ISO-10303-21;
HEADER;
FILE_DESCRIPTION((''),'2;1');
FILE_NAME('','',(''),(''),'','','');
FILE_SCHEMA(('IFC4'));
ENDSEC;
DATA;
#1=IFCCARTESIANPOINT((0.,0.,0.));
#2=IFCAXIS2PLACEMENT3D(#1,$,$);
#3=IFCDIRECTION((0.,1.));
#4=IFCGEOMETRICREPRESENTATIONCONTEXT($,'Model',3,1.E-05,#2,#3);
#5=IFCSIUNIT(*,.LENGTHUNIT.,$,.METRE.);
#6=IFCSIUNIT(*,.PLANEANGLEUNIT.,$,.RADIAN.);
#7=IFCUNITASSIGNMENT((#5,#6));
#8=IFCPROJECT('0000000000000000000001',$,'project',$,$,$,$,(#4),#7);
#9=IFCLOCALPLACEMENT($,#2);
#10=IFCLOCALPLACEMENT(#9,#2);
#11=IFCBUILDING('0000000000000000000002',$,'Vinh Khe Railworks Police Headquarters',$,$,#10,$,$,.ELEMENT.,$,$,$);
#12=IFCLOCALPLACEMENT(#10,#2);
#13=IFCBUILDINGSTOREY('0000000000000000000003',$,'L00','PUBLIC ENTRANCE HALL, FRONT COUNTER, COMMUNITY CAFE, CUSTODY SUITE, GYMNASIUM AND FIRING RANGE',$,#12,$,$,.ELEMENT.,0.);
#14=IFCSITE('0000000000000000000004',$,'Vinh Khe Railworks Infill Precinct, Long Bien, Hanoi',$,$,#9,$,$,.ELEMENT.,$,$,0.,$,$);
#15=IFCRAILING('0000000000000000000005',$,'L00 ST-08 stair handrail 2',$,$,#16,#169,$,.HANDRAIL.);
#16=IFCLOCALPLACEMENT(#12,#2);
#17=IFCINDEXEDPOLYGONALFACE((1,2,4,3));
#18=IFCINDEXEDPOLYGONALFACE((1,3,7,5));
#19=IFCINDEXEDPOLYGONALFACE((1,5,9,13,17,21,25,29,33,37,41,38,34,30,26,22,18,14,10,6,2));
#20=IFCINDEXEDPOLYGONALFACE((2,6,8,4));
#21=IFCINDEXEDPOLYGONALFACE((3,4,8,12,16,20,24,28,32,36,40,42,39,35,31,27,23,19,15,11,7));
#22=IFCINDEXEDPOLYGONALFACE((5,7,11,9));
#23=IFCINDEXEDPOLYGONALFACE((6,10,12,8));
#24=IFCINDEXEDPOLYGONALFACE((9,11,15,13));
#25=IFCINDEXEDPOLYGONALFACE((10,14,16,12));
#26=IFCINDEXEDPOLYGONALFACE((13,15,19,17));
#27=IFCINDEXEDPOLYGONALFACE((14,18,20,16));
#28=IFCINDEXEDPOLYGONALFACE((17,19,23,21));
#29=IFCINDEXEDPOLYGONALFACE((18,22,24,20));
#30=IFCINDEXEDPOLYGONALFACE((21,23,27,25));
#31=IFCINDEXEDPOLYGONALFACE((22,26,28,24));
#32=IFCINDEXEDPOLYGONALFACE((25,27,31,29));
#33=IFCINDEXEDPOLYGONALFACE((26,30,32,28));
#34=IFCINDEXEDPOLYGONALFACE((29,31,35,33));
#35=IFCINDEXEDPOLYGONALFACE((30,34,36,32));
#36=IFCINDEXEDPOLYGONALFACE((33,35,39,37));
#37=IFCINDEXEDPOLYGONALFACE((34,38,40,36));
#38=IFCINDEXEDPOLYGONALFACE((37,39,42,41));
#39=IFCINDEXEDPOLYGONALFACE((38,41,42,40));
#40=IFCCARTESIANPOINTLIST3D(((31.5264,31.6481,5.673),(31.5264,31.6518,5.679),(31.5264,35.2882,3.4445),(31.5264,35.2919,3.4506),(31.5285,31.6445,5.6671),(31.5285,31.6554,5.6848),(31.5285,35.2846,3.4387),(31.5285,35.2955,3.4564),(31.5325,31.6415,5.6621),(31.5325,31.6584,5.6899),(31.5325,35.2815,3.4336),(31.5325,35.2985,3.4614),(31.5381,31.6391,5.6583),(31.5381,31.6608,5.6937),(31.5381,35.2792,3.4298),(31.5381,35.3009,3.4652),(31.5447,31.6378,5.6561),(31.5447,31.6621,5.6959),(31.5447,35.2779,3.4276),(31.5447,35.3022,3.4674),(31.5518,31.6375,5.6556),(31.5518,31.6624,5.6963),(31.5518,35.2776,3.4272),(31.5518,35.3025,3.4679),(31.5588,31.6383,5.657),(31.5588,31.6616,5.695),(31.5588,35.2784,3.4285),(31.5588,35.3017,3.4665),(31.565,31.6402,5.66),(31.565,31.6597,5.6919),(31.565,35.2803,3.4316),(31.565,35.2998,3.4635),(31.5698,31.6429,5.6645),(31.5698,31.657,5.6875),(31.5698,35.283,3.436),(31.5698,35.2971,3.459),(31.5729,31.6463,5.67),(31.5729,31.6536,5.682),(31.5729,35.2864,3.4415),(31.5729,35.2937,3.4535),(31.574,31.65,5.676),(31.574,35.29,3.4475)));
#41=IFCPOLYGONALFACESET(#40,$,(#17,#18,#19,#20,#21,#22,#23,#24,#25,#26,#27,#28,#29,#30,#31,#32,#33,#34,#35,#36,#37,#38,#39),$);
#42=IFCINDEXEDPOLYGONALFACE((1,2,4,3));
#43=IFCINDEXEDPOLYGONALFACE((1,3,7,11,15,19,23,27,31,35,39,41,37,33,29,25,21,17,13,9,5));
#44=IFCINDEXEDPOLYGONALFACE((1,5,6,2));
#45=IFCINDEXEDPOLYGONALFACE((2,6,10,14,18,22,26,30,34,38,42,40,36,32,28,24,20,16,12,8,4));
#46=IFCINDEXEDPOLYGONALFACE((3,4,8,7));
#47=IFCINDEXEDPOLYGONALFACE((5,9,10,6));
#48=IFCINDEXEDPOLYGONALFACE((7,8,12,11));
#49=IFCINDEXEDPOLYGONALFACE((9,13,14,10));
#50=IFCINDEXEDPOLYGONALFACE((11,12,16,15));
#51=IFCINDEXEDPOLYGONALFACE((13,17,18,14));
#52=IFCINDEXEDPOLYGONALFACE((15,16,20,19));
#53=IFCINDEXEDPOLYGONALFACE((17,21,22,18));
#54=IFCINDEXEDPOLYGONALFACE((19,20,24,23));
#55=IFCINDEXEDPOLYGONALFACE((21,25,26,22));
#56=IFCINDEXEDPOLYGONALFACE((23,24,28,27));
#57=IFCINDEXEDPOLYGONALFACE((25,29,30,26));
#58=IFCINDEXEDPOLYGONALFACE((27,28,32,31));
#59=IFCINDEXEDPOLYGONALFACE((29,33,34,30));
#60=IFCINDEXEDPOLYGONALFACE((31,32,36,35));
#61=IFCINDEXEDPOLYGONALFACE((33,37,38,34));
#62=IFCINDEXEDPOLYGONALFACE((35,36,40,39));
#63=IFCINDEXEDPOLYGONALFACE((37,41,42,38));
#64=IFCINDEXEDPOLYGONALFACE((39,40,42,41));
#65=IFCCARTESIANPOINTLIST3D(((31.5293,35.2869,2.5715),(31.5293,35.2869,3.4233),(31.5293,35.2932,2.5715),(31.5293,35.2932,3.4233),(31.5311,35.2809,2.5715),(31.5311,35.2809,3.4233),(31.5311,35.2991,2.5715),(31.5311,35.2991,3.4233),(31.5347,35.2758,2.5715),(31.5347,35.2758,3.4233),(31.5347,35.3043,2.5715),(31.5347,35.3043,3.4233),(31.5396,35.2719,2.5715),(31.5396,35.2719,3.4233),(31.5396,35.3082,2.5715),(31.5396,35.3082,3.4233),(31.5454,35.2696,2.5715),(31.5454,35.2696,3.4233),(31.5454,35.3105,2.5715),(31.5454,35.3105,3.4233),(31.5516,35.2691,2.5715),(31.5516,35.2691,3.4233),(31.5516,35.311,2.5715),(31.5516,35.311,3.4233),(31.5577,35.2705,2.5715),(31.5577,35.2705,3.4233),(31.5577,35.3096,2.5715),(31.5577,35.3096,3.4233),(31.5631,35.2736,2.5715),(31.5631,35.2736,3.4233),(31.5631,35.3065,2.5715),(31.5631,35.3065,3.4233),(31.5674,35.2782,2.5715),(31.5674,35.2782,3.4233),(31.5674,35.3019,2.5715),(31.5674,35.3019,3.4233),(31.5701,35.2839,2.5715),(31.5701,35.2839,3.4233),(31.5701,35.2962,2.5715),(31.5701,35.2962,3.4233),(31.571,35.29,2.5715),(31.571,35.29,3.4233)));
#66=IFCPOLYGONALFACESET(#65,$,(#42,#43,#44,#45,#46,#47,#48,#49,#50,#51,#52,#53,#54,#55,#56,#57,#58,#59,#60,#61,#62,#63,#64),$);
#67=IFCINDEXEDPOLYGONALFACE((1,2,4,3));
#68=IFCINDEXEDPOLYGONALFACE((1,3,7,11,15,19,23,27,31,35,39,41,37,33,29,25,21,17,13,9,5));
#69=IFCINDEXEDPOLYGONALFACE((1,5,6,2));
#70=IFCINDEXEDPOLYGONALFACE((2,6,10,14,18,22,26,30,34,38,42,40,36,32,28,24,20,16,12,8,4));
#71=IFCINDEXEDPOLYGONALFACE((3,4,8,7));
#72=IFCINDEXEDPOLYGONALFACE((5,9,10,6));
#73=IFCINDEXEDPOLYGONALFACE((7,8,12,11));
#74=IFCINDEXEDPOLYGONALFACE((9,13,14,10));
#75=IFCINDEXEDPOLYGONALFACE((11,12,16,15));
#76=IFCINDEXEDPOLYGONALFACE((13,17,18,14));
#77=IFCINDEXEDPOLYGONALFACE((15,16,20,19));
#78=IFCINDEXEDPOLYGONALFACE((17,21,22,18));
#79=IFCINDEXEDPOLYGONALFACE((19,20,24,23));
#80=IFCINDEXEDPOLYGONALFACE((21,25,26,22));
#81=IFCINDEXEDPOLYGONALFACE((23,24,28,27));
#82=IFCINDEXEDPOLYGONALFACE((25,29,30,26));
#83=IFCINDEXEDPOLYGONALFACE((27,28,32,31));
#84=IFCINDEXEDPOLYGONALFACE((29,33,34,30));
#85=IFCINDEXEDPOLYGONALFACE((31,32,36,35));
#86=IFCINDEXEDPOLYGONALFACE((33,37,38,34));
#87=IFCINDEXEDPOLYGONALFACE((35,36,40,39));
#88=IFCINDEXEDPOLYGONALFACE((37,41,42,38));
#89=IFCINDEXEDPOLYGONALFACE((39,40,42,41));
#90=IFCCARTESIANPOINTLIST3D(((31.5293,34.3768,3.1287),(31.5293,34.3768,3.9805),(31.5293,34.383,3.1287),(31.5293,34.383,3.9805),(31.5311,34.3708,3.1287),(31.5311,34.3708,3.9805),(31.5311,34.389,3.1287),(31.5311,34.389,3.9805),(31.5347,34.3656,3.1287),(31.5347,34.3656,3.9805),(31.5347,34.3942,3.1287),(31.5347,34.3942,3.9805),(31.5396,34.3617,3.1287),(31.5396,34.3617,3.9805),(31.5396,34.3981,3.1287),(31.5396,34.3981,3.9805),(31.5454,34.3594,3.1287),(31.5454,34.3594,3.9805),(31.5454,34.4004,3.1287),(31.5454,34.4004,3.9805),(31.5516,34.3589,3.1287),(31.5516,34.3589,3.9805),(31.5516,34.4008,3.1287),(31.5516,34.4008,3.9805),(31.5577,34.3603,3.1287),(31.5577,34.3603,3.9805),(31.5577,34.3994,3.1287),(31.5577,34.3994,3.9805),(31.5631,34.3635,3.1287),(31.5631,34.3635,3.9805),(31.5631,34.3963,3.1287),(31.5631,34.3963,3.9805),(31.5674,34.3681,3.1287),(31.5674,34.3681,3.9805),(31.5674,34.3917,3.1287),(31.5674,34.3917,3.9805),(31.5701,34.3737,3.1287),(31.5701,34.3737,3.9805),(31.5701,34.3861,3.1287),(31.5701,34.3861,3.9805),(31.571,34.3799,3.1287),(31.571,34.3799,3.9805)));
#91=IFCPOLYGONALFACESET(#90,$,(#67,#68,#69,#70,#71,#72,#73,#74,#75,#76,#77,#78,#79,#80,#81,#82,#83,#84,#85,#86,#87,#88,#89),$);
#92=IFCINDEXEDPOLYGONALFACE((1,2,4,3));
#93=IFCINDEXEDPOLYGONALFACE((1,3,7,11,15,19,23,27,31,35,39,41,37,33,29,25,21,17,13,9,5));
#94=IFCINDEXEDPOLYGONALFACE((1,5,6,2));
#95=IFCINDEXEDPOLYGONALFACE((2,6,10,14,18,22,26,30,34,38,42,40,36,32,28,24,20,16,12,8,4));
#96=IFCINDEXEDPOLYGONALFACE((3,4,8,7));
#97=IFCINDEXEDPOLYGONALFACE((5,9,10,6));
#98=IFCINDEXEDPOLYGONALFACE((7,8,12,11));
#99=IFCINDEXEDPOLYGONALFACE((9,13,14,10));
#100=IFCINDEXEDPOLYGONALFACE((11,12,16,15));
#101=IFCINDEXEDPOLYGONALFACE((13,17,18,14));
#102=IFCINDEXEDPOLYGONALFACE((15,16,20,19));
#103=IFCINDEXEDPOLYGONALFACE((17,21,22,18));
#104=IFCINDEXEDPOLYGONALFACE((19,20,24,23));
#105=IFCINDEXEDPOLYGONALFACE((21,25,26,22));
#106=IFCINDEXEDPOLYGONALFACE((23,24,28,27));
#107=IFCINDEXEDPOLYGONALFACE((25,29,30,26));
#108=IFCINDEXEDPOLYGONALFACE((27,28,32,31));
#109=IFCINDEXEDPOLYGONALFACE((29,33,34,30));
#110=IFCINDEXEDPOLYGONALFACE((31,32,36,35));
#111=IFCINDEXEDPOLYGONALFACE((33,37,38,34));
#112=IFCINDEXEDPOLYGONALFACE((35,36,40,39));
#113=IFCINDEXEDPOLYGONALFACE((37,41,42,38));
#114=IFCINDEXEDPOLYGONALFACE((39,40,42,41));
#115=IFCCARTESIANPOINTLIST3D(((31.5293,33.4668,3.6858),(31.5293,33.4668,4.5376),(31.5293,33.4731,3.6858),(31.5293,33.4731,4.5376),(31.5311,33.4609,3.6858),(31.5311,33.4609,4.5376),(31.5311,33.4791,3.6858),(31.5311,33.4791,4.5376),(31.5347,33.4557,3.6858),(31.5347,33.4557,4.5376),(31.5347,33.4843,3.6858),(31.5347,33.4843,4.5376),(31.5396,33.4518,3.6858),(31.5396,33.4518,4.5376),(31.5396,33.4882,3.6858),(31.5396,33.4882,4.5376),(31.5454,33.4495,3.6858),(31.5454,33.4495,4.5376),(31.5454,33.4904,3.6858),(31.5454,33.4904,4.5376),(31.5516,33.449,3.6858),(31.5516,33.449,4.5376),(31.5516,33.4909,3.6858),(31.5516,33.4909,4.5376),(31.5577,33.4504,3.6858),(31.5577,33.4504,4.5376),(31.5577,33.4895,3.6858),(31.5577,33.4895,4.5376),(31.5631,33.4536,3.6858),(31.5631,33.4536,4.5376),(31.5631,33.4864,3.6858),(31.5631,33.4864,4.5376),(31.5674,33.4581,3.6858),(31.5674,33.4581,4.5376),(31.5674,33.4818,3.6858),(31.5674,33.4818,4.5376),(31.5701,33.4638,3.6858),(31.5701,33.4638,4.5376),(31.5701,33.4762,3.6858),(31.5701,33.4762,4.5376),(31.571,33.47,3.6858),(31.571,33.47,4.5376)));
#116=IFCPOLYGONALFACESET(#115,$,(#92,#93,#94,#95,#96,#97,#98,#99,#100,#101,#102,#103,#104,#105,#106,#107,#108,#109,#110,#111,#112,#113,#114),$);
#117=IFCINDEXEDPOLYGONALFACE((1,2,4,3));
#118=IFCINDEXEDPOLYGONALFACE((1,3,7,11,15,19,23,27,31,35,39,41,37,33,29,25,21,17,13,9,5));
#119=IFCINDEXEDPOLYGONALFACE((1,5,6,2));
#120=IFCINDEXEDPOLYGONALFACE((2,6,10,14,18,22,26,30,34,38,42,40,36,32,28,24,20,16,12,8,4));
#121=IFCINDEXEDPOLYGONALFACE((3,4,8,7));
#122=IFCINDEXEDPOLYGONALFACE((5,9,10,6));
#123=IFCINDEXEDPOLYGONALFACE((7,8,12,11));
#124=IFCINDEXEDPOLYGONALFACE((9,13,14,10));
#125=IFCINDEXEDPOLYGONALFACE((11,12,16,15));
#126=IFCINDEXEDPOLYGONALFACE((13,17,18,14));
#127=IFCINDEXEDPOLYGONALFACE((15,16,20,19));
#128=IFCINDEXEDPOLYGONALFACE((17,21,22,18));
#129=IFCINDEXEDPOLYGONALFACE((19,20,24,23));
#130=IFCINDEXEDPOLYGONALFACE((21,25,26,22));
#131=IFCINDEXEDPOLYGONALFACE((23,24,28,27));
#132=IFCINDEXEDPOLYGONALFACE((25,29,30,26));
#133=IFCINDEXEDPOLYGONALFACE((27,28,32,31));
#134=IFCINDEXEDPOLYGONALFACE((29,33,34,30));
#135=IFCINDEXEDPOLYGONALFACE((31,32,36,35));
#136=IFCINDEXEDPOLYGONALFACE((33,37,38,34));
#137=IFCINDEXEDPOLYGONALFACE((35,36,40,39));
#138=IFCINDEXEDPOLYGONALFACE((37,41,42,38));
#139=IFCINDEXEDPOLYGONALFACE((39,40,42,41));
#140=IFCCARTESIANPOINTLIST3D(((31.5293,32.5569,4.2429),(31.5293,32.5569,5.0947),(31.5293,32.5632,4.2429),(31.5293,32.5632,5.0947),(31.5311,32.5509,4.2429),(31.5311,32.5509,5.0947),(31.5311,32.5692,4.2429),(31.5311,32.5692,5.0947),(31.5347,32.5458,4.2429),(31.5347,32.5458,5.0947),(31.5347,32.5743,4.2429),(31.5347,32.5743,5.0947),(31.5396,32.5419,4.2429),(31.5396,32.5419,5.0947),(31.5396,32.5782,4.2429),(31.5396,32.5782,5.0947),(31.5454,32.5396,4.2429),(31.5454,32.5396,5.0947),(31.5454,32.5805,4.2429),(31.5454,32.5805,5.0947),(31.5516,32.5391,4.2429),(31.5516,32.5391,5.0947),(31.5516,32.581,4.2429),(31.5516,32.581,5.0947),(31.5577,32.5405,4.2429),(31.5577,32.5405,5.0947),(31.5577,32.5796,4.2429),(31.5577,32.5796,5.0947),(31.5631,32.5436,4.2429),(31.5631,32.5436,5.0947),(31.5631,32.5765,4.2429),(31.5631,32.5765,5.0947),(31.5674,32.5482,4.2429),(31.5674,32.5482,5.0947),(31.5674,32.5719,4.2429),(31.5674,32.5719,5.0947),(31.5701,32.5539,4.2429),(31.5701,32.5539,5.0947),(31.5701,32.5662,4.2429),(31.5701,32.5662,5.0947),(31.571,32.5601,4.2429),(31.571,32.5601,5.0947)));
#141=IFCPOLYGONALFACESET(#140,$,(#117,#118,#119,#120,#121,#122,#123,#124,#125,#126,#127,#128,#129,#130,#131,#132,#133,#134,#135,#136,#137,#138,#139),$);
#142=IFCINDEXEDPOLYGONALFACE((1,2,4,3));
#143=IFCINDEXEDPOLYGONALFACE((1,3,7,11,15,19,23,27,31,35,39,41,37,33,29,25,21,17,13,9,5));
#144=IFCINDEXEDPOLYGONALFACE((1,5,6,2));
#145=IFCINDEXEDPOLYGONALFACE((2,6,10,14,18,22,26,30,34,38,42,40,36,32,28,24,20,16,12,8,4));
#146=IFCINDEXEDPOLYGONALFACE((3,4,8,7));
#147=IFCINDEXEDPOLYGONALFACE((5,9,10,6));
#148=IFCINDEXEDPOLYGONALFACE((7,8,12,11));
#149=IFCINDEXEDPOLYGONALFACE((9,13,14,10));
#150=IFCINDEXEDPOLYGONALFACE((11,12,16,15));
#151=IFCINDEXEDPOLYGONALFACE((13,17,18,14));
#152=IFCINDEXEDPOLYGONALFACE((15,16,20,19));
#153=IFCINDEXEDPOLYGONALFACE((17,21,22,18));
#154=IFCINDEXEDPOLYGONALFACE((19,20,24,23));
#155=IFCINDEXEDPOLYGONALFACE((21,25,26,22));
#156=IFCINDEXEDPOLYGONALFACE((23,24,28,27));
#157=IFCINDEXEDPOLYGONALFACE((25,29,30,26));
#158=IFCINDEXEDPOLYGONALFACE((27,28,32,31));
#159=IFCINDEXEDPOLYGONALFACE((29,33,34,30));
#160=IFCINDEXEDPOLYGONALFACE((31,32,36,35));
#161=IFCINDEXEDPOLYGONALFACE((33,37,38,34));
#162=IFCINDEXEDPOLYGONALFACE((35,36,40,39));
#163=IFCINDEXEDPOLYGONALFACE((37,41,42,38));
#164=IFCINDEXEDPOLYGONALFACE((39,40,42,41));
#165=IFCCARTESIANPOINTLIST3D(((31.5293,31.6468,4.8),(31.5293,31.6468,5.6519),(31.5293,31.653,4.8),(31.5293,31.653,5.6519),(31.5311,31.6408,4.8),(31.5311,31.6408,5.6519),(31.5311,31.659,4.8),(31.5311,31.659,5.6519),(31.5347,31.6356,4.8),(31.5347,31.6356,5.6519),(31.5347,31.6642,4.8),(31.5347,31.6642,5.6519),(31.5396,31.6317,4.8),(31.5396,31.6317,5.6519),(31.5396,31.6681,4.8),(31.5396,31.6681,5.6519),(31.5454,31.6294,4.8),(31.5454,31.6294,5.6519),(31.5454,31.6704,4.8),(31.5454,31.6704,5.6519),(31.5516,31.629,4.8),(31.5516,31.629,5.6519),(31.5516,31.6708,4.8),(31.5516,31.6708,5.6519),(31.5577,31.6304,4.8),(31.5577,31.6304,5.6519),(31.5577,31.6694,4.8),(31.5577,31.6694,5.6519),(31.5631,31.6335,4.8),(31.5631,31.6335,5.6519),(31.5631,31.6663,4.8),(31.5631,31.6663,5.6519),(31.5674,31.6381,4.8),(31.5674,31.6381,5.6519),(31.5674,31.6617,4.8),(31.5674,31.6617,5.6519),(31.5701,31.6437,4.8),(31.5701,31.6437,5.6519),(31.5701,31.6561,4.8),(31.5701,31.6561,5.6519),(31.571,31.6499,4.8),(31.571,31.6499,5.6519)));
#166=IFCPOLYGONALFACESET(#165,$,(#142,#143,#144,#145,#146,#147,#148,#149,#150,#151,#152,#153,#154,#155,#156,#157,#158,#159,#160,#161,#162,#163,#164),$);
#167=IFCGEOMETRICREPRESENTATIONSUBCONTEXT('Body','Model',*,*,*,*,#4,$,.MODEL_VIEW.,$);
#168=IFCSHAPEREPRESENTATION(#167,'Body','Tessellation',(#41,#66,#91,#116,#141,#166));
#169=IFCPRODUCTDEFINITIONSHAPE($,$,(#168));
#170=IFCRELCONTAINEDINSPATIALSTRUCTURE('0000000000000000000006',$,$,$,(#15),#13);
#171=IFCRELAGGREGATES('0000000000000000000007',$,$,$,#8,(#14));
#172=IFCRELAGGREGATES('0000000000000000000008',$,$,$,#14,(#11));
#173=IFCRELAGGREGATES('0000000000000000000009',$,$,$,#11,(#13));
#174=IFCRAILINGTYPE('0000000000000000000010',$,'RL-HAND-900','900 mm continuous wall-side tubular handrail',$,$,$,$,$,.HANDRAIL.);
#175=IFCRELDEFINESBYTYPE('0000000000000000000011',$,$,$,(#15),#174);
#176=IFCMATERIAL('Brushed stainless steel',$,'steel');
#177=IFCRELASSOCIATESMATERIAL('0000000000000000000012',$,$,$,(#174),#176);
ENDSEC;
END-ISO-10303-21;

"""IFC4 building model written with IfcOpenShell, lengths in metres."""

from ifc_helpers import new_model, si_unit, direction, frame, origin, origin_2d, place, context, subcontext, project, spatial, circle, extrude, material, type_object, element, save


model = new_model("IFC4")

# Units and contexts
model_context = context("Model", 3, precision=1e-05, world=origin(), true_north=direction((0.0, 1.0)))
body_context = subcontext(model_context, "Body", "Model", "MODEL_VIEW")
ifc_project = project(units=[si_unit("LENGTHUNIT", "METRE"), si_unit("PLANEANGLEUNIT", "RADIAN")], contexts=[model_context])

# Site, building, storey
site_placement = place(None, origin())
site = spatial("IfcSite", under=ifc_project, at=site_placement, Name="Vinh Khe Railworks Infill Precinct, Long Bien, Hanoi", CompositionType="ELEMENT", RefElevation=0.0)
building_placement = place(site_placement, origin())
building = spatial("IfcBuilding", under=site, at=building_placement, Name="Vinh Khe Railworks Police Headquarters", CompositionType="ELEMENT")
storey_placement = place(building_placement, origin())
storey = spatial("IfcBuildingStorey", under=building, at=storey_placement, Name="L00", Description="PUBLIC ENTRANCE HALL, FRONT COUNTER, COMMUNITY CAFE, CUSTODY SUITE, GYMNASIUM AND FIRING RANGE", CompositionType="ELEMENT", Elevation=0.0)

# Railing
ifc_material_1 = material(Name="Brushed stainless steel", Category="steel")
railing_type_1 = type_object("IfcRailingType", Name="RL-HAND-900", Description="900 mm continuous wall-side tubular handrail", PredefinedType="HANDRAIL", material=ifc_material_1)
railing_1_placement = place(storey_placement, frame((31.55, 35.29, 2.5715)))
element("IfcRailing", 1, at=railing_1_placement, inside=storey, type_object=railing_type_1, Name="L00 ST-08 stair handrail 2", PredefinedType="HANDRAIL", context=body_context, shape_type="SweptSolid", body=[
    extrude(circle(Radius=0.0239, at=origin_2d()), frame((0.0, 0.0, 0.876), z_axis=(0.0, -0.852866, 0.52213), x_axis=(1.0, 0.0, 0.0)), (0.0, 0.0, 1.0), 4.2681),
    extrude(circle(Radius=0.021, at=origin_2d()), origin(), (0.0, 0.0, 1.0), 0.8518),
    extrude(circle(Radius=0.021, at=origin_2d()), frame((0.0, -0.9102, 0.5571)), (0.0, 0.0, 1.0), 0.8518),
    extrude(circle(Radius=0.021, at=origin_2d()), frame((0.0, -1.8201, 1.1143)), (0.0, 0.0, 1.0), 0.8518),
    extrude(circle(Radius=0.021, at=origin_2d()), frame((0.0, -2.73, 1.6714)), (0.0, 0.0, 1.0), 0.8518),
    extrude(circle(Radius=0.021, at=origin_2d()), frame((0.0, -3.6401, 2.2285)), (0.0, 0.0, 1.0), 0.8518),
])

save(model, "model.ifc")
